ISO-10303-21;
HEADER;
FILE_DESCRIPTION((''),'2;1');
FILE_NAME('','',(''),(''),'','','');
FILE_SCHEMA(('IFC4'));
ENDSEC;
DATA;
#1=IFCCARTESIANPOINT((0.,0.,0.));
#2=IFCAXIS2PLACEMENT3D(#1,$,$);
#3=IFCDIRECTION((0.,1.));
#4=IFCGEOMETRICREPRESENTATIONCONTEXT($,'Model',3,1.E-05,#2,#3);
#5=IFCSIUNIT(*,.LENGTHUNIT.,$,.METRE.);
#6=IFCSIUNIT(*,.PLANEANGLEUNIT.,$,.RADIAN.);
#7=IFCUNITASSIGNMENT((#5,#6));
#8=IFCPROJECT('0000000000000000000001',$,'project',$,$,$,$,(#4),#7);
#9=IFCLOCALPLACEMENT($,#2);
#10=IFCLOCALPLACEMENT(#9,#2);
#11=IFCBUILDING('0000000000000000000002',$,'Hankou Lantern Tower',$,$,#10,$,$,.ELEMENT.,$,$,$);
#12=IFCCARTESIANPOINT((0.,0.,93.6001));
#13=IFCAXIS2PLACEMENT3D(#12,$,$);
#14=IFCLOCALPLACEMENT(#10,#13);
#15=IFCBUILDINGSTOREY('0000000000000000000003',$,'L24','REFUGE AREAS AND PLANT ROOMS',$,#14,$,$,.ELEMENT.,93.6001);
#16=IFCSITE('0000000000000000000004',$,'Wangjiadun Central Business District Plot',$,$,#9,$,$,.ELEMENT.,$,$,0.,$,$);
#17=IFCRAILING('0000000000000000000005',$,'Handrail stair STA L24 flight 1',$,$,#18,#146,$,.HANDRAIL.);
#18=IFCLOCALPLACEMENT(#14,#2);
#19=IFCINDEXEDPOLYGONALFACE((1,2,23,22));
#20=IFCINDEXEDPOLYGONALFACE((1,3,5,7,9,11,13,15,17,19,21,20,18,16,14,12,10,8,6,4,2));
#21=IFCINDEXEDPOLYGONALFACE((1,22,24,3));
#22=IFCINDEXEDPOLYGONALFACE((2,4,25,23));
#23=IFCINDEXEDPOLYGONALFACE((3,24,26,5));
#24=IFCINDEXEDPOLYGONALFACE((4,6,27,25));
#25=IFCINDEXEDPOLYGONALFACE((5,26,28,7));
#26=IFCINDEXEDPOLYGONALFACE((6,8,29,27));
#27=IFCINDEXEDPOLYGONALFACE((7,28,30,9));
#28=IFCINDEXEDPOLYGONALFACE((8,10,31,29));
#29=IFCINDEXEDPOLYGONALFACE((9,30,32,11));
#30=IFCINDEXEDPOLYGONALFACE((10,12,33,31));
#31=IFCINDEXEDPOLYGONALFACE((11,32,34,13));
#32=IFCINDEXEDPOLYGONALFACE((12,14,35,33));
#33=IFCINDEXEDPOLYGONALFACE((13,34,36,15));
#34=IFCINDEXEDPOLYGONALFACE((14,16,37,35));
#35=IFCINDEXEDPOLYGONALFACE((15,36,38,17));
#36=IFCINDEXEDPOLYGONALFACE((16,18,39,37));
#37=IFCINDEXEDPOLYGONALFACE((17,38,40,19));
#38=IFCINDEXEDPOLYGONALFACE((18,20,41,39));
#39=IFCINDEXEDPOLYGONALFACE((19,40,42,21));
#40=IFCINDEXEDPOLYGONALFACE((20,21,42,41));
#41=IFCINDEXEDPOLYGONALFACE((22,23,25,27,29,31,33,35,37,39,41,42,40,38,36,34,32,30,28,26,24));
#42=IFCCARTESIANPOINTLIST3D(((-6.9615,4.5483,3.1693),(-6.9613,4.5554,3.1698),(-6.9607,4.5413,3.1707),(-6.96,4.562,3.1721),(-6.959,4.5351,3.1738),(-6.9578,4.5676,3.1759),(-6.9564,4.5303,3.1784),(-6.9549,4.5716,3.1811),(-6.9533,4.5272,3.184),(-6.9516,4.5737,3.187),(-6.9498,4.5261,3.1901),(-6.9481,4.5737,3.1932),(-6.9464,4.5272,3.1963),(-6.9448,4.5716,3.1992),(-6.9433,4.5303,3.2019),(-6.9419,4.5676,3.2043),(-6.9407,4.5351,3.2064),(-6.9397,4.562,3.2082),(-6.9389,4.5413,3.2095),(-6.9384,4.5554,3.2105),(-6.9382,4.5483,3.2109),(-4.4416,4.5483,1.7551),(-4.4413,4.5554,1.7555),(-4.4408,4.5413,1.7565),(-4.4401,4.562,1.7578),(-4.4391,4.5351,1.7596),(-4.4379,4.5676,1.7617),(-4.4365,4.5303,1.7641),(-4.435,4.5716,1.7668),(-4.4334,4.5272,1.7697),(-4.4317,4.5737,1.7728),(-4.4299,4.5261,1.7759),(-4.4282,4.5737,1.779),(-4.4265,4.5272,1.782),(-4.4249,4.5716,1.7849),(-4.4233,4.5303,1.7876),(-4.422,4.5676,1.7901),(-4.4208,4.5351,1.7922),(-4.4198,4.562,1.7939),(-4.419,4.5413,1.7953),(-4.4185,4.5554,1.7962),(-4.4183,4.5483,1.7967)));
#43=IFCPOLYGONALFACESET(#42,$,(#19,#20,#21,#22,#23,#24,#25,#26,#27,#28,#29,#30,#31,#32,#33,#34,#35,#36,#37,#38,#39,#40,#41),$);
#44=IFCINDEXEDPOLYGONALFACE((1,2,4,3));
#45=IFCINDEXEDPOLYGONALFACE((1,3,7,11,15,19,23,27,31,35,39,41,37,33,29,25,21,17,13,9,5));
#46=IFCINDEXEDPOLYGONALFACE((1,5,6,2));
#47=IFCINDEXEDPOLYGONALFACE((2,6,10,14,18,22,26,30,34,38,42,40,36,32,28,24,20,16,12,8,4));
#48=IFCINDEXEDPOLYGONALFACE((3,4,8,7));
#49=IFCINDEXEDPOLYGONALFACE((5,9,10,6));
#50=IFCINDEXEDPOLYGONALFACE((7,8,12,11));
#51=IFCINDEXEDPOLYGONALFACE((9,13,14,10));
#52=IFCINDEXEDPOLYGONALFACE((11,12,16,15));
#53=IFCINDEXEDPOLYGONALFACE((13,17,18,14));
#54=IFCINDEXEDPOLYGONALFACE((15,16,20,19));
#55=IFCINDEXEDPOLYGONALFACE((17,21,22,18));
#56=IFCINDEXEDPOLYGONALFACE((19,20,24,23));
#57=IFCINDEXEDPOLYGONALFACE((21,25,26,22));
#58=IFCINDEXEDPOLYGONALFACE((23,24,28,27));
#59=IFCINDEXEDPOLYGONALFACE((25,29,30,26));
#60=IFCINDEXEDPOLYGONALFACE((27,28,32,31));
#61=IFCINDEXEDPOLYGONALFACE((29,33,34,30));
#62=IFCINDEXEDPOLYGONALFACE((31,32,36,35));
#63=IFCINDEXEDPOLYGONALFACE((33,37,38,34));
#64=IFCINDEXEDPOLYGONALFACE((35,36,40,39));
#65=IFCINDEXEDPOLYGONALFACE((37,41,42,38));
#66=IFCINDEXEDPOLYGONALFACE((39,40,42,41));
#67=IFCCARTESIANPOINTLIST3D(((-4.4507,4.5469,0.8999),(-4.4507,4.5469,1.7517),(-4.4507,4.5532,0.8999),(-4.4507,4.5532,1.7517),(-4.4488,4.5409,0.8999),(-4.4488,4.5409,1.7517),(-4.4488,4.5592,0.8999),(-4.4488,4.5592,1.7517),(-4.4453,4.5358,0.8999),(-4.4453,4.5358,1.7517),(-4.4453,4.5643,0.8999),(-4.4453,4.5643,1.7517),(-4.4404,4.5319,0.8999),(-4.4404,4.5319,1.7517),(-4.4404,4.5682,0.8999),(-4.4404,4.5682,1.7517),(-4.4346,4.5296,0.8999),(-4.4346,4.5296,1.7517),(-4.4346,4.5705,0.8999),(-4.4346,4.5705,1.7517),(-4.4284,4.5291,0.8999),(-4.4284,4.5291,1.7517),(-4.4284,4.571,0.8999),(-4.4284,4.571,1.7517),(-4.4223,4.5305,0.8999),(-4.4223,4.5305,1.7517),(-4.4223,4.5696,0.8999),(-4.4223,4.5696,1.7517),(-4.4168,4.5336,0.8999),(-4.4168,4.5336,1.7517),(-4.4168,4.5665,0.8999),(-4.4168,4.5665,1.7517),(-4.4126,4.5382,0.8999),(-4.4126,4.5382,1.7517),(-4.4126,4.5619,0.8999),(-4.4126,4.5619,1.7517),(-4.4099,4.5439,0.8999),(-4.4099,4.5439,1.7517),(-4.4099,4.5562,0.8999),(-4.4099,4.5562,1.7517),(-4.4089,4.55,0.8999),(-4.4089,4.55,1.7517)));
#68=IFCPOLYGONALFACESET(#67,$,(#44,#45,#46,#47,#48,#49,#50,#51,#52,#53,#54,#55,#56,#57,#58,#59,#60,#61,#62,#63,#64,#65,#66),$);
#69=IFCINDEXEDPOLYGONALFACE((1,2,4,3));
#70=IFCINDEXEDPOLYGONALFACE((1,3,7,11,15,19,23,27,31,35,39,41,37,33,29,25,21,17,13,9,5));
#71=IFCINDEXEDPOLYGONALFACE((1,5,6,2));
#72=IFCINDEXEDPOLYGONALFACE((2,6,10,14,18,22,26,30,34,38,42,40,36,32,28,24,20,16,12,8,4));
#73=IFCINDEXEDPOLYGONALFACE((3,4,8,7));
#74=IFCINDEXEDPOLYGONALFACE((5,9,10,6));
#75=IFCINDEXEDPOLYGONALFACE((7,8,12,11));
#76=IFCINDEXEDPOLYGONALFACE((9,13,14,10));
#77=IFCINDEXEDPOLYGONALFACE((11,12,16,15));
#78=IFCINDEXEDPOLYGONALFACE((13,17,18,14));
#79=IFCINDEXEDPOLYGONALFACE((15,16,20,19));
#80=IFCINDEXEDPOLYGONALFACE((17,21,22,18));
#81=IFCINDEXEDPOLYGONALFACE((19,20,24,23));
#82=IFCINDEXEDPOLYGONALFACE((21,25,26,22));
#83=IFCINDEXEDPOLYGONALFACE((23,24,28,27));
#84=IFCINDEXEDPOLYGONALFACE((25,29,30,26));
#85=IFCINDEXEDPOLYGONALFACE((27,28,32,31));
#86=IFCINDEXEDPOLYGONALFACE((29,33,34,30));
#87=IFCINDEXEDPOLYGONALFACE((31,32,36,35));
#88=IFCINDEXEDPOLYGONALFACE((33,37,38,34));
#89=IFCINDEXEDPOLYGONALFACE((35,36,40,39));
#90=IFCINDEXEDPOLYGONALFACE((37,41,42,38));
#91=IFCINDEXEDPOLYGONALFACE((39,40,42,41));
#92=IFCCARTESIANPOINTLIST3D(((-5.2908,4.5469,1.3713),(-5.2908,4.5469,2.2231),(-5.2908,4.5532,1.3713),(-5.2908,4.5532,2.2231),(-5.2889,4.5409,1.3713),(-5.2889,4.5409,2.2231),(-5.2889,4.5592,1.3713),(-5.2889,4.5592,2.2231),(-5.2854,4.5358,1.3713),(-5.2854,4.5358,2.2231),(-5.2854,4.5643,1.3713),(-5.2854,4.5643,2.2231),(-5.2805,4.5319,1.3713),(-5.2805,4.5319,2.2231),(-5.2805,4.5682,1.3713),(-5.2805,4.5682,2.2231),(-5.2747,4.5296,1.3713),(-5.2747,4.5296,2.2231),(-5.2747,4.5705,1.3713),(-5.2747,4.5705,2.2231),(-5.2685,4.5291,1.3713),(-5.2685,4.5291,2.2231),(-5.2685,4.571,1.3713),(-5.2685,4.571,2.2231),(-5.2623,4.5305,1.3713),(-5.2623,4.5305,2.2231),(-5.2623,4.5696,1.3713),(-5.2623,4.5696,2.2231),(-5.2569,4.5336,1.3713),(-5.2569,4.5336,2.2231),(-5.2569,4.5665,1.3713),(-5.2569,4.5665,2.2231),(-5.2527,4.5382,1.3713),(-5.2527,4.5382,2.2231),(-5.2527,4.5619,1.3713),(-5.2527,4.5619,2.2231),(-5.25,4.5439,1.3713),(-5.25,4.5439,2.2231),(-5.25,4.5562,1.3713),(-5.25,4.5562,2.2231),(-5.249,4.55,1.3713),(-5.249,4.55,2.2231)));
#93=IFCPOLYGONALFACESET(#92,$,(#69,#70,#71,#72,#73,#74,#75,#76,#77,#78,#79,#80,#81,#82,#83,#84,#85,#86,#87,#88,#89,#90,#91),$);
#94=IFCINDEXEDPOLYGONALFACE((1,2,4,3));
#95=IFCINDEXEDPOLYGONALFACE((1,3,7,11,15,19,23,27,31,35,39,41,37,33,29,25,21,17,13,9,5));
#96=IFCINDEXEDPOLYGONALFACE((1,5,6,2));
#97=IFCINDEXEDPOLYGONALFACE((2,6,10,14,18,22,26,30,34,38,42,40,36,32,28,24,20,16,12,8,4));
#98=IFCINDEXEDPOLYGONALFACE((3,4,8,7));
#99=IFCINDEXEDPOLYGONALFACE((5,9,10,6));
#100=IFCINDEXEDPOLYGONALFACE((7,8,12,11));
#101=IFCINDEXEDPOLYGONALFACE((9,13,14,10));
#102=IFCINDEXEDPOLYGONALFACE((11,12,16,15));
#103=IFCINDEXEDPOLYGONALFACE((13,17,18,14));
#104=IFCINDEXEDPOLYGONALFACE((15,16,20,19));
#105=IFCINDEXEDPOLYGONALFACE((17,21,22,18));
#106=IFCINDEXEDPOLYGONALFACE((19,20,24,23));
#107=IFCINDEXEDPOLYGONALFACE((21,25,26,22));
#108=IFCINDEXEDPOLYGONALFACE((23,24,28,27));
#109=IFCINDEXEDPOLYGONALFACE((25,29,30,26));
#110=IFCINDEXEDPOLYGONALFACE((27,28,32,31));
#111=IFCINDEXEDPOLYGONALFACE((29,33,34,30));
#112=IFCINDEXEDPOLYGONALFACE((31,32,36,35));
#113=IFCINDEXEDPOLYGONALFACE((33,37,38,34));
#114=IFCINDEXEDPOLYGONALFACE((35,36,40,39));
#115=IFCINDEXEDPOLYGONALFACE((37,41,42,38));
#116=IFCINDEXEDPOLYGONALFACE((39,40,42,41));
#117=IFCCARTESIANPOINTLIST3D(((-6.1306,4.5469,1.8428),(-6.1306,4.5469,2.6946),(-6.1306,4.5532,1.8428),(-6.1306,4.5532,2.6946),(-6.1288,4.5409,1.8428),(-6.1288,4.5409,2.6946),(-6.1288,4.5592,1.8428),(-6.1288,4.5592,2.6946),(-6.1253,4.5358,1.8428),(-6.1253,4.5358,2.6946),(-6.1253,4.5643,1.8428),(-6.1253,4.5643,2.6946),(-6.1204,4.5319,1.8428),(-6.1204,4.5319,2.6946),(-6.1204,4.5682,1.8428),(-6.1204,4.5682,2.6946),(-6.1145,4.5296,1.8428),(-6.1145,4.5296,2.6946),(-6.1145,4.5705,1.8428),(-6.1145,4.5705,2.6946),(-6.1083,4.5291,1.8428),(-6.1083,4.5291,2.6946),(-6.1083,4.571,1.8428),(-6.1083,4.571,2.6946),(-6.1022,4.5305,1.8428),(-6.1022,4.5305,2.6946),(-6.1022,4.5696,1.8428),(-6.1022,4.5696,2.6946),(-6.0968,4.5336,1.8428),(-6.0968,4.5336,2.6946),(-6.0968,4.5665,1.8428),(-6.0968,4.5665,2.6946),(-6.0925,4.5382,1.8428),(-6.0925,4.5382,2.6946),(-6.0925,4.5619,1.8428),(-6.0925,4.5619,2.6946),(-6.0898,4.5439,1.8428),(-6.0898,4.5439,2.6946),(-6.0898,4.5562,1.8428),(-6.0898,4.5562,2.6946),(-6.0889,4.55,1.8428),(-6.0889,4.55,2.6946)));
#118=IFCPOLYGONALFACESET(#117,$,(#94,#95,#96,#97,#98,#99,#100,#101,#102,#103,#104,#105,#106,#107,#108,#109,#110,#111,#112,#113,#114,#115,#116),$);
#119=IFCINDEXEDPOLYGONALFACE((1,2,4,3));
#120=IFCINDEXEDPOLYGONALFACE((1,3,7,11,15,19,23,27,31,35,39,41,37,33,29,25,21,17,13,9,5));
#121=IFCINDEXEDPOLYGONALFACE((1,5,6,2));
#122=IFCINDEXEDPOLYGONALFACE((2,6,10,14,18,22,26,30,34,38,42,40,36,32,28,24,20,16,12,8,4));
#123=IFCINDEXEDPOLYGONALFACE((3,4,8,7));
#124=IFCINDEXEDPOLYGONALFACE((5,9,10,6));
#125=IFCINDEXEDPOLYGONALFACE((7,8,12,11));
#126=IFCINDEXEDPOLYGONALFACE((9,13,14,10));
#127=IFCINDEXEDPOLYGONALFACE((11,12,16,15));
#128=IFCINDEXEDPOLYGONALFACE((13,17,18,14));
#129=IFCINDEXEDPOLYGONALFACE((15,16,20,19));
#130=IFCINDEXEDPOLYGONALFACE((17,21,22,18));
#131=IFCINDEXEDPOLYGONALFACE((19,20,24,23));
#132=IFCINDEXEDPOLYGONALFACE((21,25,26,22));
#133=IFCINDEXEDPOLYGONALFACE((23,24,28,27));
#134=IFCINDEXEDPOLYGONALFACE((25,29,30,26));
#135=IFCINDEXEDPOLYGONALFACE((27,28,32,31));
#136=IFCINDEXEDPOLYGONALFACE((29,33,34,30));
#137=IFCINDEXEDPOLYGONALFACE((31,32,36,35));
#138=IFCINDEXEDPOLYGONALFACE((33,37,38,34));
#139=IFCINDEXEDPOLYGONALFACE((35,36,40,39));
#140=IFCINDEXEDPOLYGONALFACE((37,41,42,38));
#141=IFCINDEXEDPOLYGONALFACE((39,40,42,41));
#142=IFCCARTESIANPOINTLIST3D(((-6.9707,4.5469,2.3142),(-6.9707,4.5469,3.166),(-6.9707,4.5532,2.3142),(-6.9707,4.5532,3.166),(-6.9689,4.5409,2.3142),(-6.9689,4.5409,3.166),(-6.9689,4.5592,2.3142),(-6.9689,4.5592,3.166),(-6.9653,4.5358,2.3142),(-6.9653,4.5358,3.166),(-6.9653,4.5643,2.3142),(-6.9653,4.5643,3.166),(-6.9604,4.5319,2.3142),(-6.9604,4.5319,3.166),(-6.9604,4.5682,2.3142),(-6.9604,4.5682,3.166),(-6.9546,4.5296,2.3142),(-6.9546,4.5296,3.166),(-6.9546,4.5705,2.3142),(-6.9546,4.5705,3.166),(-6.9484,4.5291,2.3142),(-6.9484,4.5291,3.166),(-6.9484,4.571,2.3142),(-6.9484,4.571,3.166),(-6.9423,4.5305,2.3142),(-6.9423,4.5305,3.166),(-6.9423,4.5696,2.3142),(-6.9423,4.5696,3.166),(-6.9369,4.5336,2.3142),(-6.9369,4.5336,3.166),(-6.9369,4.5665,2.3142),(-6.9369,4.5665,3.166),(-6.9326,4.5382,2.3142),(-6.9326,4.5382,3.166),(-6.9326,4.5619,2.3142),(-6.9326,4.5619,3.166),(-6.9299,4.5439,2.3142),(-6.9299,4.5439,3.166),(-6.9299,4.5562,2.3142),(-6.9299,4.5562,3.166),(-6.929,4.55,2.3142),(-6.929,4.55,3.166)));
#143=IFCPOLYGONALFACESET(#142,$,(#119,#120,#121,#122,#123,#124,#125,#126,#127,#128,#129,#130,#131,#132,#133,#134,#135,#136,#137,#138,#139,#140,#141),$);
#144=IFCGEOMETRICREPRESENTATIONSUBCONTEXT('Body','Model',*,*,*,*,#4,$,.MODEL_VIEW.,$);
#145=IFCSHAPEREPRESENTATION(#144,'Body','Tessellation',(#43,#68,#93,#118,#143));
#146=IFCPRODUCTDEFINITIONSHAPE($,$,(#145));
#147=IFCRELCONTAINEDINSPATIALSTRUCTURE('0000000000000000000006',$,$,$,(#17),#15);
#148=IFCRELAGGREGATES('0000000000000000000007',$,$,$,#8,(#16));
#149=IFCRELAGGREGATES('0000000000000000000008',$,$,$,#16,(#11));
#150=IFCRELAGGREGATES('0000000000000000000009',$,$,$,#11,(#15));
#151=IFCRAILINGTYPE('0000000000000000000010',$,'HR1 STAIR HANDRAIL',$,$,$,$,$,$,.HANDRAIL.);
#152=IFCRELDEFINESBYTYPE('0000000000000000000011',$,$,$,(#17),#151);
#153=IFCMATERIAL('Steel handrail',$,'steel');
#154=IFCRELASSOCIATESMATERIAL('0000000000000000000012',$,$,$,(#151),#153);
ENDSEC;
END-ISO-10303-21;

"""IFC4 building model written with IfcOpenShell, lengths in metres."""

from ifc_helpers import new_model, si_unit, direction, frame, origin, origin_2d, place, context, subcontext, project, spatial, circle, extrude, material, type_object, element, save


model = new_model("IFC4")

# Units and contexts
model_context = context("Model", 3, precision=1e-05, world=origin(), true_north=direction((0.0, 1.0)))
body_context = subcontext(model_context, "Body", "Model", "MODEL_VIEW")
ifc_project = project(units=[si_unit("LENGTHUNIT", "METRE"), si_unit("PLANEANGLEUNIT", "RADIAN")], contexts=[model_context])

# Site, building, storey
site_placement = place(None, origin())
site = spatial("IfcSite", under=ifc_project, at=site_placement, Name="Wangjiadun Central Business District Plot", CompositionType="ELEMENT", RefElevation=0.0)
building_placement = place(site_placement, origin())
building = spatial("IfcBuilding", under=site, at=building_placement, Name="Hankou Lantern Tower", CompositionType="ELEMENT")
storey_placement = place(building_placement, frame((0.0, 0.0, 93.6001)))
storey = spatial("IfcBuildingStorey", under=building, at=storey_placement, Name="L24", Description="REFUGE AREAS AND PLANT ROOMS", CompositionType="ELEMENT", Elevation=93.6001)

# Railing
ifc_material_1 = material(Name="Steel handrail", Category="steel")
railing_type = type_object("IfcRailingType", Name="HR1 STAIR HANDRAIL", PredefinedType="HANDRAIL", material=ifc_material_1)
railing_1_placement = place(storey_placement, frame((-4.4299, 4.55, 0.8999)))
element("IfcRailing", 1, at=railing_1_placement, inside=storey, type_object=railing_type, Name="Handrail stair STA L24 flight 1", PredefinedType="HANDRAIL", context=body_context, shape_type="SweptSolid", body=[
    extrude(circle(Radius=0.0239, at=origin_2d()), frame((0.0, 0.0, 0.876), z_axis=(-0.872049, 0.0, 0.489419), x_axis=(0.0, -1.0, 0.0)), (0.0, 0.0, 1.0), 2.8896),
    extrude(circle(Radius=0.021, at=origin_2d()), origin(), (0.0, 0.0, 1.0), 0.8518),
    extrude(circle(Radius=0.021, at=origin_2d()), frame((-0.8401, 0.0, 0.4714)), (0.0, 0.0, 1.0), 0.8518),
    extrude(circle(Radius=0.021, at=origin_2d()), frame((-1.6799, 0.0, 0.9429)), (0.0, 0.0, 1.0), 0.8518),
    extrude(circle(Radius=0.021, at=origin_2d()), frame((-2.52, 0.0, 1.4143)), (0.0, 0.0, 1.0), 0.8518),
])

save(model, "model.ifc")
